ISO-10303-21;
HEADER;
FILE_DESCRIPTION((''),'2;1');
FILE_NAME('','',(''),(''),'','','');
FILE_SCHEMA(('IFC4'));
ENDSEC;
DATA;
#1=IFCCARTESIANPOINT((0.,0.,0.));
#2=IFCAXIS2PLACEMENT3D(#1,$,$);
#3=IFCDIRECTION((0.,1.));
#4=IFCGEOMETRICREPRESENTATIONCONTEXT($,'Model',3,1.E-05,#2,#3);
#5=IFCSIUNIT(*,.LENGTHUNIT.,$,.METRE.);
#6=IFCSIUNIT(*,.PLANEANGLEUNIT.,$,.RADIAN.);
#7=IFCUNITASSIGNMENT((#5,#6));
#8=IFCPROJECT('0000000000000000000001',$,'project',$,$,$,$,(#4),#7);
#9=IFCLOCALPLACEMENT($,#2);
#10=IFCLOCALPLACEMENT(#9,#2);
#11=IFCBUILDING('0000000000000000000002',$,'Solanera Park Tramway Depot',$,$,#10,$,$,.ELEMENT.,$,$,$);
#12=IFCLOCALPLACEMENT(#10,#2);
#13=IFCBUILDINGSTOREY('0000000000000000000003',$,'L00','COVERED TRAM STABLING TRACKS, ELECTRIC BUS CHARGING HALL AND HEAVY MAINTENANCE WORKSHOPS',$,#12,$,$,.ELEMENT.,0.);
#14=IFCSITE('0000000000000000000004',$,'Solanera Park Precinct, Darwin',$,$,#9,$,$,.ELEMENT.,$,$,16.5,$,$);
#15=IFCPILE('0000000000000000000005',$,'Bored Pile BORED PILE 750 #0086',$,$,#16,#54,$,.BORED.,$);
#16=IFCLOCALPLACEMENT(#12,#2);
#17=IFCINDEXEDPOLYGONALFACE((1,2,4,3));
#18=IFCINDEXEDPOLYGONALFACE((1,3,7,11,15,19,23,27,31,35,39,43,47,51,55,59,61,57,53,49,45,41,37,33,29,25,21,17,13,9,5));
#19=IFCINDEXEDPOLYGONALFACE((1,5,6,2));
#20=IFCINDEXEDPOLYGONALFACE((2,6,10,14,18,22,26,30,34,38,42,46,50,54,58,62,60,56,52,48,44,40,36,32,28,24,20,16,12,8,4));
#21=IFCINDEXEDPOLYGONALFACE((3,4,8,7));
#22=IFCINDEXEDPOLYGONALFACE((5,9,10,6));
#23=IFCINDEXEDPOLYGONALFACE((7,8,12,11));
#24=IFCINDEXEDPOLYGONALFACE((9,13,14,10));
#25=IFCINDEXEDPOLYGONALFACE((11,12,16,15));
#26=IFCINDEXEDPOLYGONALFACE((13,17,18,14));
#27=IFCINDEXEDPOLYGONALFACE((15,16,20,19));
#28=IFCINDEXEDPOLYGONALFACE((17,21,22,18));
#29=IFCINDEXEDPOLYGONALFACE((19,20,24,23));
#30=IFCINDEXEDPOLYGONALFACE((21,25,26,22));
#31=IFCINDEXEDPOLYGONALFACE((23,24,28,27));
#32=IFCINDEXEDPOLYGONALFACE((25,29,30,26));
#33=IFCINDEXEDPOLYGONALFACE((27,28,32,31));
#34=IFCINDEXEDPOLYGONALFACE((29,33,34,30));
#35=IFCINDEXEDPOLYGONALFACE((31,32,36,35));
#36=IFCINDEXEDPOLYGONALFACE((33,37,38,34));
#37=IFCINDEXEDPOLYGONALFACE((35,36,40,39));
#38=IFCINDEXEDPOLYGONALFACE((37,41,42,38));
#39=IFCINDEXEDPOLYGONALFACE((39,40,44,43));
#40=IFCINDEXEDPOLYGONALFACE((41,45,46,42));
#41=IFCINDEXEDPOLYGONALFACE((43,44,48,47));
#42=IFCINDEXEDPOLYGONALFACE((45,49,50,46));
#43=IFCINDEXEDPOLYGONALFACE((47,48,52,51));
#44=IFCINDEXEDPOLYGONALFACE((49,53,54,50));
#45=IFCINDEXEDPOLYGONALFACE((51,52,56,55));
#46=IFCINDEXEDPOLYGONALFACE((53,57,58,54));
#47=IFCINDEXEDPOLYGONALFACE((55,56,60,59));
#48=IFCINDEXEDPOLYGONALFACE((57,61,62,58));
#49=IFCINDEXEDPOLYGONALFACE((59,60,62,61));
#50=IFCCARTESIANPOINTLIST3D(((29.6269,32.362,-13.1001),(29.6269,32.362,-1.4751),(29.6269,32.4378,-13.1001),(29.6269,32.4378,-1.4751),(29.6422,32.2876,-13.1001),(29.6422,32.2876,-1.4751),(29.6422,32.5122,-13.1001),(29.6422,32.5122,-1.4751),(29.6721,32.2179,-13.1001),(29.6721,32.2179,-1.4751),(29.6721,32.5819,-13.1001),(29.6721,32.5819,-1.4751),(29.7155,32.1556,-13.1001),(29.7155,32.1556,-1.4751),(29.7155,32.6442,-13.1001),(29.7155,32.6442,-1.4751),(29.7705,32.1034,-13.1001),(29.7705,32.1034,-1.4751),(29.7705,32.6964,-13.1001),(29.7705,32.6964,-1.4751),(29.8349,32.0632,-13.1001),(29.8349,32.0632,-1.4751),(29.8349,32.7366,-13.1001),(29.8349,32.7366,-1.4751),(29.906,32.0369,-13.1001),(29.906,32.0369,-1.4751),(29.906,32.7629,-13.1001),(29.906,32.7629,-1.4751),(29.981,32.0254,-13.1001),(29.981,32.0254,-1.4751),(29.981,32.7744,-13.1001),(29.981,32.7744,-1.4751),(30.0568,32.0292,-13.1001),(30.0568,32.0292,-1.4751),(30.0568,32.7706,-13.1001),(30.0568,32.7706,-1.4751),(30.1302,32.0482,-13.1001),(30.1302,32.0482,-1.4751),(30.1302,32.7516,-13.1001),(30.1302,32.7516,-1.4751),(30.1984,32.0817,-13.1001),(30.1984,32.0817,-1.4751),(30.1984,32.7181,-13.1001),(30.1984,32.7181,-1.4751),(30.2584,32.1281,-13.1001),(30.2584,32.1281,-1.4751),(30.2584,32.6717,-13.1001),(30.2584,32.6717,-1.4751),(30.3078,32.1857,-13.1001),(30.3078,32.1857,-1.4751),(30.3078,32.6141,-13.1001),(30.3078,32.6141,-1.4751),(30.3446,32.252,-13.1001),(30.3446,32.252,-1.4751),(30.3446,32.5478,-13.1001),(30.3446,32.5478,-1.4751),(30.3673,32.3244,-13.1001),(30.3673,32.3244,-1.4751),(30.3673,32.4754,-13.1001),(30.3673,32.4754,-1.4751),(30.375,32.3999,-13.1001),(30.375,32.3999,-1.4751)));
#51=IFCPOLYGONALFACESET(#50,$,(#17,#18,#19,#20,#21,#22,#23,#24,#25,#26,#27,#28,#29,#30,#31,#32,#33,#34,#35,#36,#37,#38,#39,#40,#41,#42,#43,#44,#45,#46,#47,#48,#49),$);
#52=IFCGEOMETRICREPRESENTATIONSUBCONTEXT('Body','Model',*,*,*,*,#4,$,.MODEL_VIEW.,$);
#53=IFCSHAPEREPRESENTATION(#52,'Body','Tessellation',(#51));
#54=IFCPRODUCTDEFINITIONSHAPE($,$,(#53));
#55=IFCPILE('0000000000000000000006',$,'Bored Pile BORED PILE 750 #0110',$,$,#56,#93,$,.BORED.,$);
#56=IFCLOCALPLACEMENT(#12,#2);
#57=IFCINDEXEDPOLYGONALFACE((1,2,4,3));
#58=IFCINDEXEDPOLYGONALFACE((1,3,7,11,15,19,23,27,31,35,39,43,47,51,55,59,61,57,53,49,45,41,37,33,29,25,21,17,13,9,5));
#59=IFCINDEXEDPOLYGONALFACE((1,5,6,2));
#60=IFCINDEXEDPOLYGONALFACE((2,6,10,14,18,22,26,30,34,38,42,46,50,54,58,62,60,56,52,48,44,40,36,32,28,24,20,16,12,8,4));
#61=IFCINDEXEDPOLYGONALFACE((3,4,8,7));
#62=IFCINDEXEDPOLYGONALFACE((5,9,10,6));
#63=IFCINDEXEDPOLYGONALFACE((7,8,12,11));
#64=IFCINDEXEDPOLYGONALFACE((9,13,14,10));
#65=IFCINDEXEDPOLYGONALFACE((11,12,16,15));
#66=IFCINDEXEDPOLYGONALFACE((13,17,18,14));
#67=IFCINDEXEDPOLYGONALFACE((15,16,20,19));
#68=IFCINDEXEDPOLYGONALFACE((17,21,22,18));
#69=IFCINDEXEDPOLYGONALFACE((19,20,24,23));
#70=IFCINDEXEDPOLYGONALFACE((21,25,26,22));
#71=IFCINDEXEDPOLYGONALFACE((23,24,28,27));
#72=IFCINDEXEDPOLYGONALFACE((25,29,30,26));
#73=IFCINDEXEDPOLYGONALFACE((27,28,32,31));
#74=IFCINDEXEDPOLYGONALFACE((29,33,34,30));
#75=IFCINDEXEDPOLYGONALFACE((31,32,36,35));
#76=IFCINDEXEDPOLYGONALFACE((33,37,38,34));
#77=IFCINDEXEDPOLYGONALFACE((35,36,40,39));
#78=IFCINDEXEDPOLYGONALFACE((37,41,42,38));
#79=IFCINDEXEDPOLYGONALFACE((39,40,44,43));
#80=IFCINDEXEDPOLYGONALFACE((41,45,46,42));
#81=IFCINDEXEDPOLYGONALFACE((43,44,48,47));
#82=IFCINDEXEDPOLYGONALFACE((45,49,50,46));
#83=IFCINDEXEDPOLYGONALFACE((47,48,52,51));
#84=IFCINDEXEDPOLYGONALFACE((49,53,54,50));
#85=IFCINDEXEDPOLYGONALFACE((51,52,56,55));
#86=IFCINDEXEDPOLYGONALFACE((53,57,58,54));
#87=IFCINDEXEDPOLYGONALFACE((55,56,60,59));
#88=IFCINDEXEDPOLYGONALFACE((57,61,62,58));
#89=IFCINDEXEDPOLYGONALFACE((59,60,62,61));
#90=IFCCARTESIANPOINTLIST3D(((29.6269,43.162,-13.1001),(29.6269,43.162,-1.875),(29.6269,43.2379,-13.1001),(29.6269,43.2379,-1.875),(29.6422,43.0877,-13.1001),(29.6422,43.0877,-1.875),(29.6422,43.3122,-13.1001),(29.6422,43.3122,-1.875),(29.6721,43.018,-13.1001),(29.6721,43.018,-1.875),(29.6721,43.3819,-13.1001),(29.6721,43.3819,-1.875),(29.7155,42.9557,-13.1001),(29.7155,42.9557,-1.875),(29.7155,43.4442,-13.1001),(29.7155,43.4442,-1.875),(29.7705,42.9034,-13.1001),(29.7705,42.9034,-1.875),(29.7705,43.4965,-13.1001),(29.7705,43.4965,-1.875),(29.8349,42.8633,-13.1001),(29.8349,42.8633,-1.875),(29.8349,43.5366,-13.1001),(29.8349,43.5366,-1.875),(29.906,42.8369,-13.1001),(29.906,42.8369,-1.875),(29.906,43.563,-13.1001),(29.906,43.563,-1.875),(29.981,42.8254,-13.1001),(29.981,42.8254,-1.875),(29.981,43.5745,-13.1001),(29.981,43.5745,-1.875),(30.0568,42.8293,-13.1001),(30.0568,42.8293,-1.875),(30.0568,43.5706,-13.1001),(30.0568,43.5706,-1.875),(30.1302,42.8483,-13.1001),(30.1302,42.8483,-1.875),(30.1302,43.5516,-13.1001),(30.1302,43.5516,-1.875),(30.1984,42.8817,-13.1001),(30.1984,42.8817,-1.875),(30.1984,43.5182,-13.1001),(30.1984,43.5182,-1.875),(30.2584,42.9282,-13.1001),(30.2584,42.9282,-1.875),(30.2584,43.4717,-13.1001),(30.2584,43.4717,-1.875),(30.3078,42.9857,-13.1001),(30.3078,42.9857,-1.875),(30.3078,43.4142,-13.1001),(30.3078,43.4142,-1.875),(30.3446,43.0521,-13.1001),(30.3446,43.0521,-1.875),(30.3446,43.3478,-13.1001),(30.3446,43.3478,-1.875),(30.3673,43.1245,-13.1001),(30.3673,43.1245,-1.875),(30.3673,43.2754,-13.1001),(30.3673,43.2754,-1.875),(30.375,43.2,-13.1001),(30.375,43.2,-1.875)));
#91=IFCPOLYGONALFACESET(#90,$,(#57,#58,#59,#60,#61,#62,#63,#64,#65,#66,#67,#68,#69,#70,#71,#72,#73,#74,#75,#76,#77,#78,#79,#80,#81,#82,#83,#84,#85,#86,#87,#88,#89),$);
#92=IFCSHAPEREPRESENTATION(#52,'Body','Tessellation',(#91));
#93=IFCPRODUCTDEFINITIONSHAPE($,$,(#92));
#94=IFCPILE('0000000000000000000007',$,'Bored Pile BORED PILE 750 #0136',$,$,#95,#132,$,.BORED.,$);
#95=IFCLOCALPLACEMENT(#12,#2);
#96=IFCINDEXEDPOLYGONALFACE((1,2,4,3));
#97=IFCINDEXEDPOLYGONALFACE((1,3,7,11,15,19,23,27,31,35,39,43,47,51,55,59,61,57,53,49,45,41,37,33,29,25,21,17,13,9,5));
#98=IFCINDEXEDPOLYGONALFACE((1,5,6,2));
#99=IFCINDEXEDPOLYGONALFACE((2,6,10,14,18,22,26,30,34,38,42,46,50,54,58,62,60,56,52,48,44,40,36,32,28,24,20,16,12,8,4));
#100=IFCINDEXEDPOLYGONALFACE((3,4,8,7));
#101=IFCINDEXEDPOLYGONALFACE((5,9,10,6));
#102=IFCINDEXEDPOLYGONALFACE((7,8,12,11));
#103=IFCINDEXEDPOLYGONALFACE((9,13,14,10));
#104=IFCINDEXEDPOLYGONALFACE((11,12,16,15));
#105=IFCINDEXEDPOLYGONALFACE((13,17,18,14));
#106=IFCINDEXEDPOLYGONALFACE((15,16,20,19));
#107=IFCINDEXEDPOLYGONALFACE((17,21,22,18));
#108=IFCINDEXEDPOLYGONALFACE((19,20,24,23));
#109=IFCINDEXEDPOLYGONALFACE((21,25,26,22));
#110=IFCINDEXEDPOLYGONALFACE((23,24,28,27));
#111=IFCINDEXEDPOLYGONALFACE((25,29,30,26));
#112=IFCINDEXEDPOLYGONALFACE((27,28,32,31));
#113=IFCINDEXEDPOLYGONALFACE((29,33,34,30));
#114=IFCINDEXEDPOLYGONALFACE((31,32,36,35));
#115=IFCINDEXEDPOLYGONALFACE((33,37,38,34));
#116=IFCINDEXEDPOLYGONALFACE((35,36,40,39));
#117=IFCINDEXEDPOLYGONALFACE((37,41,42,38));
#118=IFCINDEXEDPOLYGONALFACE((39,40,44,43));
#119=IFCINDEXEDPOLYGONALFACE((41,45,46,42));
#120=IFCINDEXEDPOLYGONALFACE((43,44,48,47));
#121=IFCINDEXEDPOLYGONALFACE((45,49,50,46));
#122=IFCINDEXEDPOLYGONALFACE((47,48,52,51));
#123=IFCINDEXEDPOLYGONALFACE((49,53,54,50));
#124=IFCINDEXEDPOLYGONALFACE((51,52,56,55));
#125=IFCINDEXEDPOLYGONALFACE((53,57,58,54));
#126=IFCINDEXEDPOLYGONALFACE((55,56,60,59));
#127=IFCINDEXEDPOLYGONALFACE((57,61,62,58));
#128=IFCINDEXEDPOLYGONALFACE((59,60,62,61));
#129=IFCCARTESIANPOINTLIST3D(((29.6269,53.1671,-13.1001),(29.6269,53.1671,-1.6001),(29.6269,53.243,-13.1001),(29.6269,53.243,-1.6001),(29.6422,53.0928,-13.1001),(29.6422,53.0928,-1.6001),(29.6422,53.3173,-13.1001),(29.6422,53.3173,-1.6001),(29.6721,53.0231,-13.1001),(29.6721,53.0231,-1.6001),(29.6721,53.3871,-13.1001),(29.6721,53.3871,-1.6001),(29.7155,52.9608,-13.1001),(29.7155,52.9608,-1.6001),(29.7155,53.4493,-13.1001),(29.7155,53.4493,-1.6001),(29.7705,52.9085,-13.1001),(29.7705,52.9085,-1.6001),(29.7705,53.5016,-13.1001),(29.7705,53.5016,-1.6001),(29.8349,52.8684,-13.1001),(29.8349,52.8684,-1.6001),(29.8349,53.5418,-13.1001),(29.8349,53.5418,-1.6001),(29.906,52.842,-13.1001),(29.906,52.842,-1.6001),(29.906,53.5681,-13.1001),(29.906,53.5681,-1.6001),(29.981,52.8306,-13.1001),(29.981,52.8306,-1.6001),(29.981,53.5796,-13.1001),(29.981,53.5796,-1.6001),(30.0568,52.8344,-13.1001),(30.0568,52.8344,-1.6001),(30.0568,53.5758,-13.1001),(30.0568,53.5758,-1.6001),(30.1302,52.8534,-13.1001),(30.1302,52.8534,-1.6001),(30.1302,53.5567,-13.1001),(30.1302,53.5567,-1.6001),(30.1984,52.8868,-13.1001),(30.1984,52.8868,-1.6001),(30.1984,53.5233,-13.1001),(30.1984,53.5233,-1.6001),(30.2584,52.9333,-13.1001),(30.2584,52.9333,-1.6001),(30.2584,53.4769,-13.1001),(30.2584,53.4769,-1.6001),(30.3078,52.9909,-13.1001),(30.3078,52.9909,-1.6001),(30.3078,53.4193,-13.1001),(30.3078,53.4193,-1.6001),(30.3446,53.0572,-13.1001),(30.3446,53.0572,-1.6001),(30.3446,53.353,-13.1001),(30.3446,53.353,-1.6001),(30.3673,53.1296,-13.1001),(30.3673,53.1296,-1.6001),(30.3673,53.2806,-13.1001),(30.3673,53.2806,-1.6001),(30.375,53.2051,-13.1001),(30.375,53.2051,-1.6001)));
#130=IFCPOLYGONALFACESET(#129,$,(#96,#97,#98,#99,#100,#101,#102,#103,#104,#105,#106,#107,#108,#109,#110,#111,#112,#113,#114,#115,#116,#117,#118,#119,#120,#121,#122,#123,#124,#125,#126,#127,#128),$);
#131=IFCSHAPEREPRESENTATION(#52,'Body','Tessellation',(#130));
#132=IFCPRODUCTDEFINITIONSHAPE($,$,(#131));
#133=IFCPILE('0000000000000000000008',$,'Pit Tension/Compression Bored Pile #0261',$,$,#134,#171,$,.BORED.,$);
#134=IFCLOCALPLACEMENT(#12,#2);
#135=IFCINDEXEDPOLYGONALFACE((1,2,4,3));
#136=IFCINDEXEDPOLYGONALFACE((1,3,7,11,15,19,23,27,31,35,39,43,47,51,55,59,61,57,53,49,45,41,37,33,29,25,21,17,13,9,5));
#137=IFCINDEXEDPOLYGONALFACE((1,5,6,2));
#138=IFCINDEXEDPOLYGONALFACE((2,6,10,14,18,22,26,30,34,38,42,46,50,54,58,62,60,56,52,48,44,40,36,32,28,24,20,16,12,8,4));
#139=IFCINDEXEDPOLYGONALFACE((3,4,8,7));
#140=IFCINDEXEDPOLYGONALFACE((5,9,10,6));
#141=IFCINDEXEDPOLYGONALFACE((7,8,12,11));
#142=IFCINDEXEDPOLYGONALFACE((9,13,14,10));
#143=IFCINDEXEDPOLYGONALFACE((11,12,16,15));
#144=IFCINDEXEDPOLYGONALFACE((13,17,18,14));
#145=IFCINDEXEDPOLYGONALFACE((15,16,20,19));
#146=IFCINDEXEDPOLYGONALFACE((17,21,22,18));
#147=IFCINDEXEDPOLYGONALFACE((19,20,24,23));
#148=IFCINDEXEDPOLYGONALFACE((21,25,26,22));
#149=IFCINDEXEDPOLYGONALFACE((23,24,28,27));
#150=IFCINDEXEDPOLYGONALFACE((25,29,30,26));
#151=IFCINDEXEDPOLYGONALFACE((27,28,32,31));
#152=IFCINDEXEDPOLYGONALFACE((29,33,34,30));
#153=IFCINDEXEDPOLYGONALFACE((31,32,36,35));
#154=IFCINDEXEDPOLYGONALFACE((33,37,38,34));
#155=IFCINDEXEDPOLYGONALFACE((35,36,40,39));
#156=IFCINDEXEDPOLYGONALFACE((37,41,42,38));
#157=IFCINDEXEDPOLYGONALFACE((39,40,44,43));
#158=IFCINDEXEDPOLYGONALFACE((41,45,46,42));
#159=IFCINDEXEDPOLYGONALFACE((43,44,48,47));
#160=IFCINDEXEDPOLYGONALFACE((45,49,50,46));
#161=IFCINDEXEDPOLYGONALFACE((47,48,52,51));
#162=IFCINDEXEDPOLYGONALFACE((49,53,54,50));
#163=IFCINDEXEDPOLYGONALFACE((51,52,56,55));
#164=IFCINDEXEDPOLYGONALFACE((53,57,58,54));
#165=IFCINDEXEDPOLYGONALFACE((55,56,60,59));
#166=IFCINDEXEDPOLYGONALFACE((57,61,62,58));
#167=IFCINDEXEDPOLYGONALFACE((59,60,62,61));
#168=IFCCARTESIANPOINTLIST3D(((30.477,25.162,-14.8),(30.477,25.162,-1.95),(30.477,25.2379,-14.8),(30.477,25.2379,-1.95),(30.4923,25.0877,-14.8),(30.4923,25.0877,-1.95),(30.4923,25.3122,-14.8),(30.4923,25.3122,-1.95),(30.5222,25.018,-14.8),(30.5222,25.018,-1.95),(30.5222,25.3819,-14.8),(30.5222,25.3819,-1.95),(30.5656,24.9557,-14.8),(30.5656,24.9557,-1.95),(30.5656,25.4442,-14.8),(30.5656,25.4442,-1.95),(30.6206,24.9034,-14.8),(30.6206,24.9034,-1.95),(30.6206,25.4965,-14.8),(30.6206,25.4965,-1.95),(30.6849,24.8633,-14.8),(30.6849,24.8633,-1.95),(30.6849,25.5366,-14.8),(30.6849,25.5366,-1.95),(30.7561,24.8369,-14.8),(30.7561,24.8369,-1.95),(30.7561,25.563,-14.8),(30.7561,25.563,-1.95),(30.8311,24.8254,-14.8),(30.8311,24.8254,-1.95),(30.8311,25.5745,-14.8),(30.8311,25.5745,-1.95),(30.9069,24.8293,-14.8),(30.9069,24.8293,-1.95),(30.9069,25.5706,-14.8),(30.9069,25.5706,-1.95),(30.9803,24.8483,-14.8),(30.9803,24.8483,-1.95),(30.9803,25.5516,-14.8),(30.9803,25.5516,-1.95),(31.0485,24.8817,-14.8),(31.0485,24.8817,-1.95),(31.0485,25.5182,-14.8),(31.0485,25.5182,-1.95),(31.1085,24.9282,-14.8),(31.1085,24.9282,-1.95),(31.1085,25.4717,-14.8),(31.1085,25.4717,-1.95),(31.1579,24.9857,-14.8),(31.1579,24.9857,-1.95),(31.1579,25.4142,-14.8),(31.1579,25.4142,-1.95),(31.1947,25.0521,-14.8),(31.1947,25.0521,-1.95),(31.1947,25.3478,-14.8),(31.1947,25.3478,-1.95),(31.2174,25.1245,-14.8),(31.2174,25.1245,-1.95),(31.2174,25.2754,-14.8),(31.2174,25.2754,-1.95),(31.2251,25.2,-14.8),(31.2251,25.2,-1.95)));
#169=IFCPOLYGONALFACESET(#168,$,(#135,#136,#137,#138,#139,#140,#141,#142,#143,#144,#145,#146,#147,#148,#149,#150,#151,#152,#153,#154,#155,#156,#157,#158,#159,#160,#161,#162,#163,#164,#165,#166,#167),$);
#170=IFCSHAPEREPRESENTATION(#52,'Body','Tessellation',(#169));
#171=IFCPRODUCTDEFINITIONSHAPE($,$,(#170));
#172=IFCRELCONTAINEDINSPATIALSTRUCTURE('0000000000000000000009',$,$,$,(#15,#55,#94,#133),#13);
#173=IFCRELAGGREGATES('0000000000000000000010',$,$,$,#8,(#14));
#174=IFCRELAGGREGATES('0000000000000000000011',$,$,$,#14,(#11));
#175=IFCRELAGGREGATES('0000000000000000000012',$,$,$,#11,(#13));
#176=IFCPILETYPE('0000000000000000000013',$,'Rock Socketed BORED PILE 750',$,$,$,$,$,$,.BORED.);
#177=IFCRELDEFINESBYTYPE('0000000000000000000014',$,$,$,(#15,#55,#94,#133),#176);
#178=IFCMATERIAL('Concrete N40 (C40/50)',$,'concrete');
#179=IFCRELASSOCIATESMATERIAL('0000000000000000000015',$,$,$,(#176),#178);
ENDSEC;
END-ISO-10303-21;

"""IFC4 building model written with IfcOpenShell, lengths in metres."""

from ifc_helpers import new_model, si_unit, direction, frame, origin, origin_2d, place, context, subcontext, project, spatial, circle, extrude, material, material_profile, profile_set, type_object, element, save


model = new_model("IFC4")

# Units and contexts
model_context = context("Model", 3, precision=1e-05, world=origin(), true_north=direction((0.0, 1.0)))
body_context = subcontext(model_context, "Body", "Model", "MODEL_VIEW")
ifc_project = project(units=[si_unit("LENGTHUNIT", "METRE"), si_unit("PLANEANGLEUNIT", "RADIAN")], contexts=[model_context])

# Site, building, storey
site_placement = place(None, origin())
site = spatial("IfcSite", under=ifc_project, at=site_placement, Name="Solanera Park Precinct, Darwin", CompositionType="ELEMENT", RefElevation=16.5)
building_placement = place(site_placement, origin())
building = spatial("IfcBuilding", under=site, at=building_placement, Name="Solanera Park Tramway Depot", CompositionType="ELEMENT")
storey_placement = place(building_placement, origin())
storey = spatial("IfcBuildingStorey", under=building, at=storey_placement, Name="L00", Description="COVERED TRAM STABLING TRACKS, ELECTRIC BUS CHARGING HALL AND HEAVY MAINTENANCE WORKSHOPS", CompositionType="ELEMENT", Elevation=0.0)

# Piles
ifc_material_1 = material(Name="Concrete N40 (C40/50)", Category="concrete")
ifc_material_profile_1 = material_profile(ifc_material_1, circle(Radius=0.375, at=origin_2d()), Name="BORED PILE 750")
ifc_profile_set_1 = profile_set([ifc_material_profile_1], Name="Concrete N40 (C40/50)")
pile_type = type_object("IfcPileType", Name="Rock Socketed BORED PILE 750", PredefinedType="BORED", material=ifc_profile_set_1)
pile_1_placement = place(storey_placement, frame((30.0, 32.3999, -1.4751), z_axis=(0.0, 0.0, -1.0), x_axis=(1.0, 0.0, 0.0)))
element("IfcPile", 1, at=pile_1_placement, inside=storey, type_object=pile_type, Name="Bored Pile BORED PILE 750 #0086", PredefinedType="BORED", context=body_context, shape_type="SweptSolid", body=[
    extrude(circle(Radius=0.375, at=origin_2d()), origin(), (0.0, 0.0, 1.0), 11.625),
])
pile_2_placement = place(storey_placement, frame((30.0, 43.2, -1.875), z_axis=(0.0, 0.0, -1.0), x_axis=(1.0, 0.0, 0.0)))
element("IfcPile", 2, at=pile_2_placement, inside=storey, type_object=pile_type, Name="Bored Pile BORED PILE 750 #0110", PredefinedType="BORED", context=body_context, shape_type="SweptSolid", body=[
    extrude(circle(Radius=0.375, at=origin_2d()), origin(), (0.0, 0.0, 1.0), 11.2251),
])
pile_3_placement = place(storey_placement, frame((30.0, 53.2051, -1.6001), z_axis=(0.0, 0.0, -1.0), x_axis=(1.0, 0.0, 0.0)))
element("IfcPile", 3, at=pile_3_placement, inside=storey, type_object=pile_type, Name="Bored Pile BORED PILE 750 #0136", PredefinedType="BORED", context=body_context, shape_type="SweptSolid", body=[
    extrude(circle(Radius=0.375, at=origin_2d()), origin(), (0.0, 0.0, 1.0), 11.5),
])
for number, where, z_axis, x_axis, name in (
    (4, (30.8501, 25.2, -1.95), (0.0, 0.0, -1.0), (1.0, 0.0, 0.0), "Pit Tension/Compression Bored Pile #0261"),
):
    element("IfcPile", number, at=place(storey_placement, frame(where, z_axis=z_axis, x_axis=x_axis)), inside=storey, type_object=pile_type, Name=name, PredefinedType="BORED", context=body_context, shape_type="SweptSolid", body=[
        extrude(circle(Radius=0.375, at=origin_2d()), origin(), (0.0, 0.0, 1.0), 12.8501),
    ])

save(model, "model.ifc")
